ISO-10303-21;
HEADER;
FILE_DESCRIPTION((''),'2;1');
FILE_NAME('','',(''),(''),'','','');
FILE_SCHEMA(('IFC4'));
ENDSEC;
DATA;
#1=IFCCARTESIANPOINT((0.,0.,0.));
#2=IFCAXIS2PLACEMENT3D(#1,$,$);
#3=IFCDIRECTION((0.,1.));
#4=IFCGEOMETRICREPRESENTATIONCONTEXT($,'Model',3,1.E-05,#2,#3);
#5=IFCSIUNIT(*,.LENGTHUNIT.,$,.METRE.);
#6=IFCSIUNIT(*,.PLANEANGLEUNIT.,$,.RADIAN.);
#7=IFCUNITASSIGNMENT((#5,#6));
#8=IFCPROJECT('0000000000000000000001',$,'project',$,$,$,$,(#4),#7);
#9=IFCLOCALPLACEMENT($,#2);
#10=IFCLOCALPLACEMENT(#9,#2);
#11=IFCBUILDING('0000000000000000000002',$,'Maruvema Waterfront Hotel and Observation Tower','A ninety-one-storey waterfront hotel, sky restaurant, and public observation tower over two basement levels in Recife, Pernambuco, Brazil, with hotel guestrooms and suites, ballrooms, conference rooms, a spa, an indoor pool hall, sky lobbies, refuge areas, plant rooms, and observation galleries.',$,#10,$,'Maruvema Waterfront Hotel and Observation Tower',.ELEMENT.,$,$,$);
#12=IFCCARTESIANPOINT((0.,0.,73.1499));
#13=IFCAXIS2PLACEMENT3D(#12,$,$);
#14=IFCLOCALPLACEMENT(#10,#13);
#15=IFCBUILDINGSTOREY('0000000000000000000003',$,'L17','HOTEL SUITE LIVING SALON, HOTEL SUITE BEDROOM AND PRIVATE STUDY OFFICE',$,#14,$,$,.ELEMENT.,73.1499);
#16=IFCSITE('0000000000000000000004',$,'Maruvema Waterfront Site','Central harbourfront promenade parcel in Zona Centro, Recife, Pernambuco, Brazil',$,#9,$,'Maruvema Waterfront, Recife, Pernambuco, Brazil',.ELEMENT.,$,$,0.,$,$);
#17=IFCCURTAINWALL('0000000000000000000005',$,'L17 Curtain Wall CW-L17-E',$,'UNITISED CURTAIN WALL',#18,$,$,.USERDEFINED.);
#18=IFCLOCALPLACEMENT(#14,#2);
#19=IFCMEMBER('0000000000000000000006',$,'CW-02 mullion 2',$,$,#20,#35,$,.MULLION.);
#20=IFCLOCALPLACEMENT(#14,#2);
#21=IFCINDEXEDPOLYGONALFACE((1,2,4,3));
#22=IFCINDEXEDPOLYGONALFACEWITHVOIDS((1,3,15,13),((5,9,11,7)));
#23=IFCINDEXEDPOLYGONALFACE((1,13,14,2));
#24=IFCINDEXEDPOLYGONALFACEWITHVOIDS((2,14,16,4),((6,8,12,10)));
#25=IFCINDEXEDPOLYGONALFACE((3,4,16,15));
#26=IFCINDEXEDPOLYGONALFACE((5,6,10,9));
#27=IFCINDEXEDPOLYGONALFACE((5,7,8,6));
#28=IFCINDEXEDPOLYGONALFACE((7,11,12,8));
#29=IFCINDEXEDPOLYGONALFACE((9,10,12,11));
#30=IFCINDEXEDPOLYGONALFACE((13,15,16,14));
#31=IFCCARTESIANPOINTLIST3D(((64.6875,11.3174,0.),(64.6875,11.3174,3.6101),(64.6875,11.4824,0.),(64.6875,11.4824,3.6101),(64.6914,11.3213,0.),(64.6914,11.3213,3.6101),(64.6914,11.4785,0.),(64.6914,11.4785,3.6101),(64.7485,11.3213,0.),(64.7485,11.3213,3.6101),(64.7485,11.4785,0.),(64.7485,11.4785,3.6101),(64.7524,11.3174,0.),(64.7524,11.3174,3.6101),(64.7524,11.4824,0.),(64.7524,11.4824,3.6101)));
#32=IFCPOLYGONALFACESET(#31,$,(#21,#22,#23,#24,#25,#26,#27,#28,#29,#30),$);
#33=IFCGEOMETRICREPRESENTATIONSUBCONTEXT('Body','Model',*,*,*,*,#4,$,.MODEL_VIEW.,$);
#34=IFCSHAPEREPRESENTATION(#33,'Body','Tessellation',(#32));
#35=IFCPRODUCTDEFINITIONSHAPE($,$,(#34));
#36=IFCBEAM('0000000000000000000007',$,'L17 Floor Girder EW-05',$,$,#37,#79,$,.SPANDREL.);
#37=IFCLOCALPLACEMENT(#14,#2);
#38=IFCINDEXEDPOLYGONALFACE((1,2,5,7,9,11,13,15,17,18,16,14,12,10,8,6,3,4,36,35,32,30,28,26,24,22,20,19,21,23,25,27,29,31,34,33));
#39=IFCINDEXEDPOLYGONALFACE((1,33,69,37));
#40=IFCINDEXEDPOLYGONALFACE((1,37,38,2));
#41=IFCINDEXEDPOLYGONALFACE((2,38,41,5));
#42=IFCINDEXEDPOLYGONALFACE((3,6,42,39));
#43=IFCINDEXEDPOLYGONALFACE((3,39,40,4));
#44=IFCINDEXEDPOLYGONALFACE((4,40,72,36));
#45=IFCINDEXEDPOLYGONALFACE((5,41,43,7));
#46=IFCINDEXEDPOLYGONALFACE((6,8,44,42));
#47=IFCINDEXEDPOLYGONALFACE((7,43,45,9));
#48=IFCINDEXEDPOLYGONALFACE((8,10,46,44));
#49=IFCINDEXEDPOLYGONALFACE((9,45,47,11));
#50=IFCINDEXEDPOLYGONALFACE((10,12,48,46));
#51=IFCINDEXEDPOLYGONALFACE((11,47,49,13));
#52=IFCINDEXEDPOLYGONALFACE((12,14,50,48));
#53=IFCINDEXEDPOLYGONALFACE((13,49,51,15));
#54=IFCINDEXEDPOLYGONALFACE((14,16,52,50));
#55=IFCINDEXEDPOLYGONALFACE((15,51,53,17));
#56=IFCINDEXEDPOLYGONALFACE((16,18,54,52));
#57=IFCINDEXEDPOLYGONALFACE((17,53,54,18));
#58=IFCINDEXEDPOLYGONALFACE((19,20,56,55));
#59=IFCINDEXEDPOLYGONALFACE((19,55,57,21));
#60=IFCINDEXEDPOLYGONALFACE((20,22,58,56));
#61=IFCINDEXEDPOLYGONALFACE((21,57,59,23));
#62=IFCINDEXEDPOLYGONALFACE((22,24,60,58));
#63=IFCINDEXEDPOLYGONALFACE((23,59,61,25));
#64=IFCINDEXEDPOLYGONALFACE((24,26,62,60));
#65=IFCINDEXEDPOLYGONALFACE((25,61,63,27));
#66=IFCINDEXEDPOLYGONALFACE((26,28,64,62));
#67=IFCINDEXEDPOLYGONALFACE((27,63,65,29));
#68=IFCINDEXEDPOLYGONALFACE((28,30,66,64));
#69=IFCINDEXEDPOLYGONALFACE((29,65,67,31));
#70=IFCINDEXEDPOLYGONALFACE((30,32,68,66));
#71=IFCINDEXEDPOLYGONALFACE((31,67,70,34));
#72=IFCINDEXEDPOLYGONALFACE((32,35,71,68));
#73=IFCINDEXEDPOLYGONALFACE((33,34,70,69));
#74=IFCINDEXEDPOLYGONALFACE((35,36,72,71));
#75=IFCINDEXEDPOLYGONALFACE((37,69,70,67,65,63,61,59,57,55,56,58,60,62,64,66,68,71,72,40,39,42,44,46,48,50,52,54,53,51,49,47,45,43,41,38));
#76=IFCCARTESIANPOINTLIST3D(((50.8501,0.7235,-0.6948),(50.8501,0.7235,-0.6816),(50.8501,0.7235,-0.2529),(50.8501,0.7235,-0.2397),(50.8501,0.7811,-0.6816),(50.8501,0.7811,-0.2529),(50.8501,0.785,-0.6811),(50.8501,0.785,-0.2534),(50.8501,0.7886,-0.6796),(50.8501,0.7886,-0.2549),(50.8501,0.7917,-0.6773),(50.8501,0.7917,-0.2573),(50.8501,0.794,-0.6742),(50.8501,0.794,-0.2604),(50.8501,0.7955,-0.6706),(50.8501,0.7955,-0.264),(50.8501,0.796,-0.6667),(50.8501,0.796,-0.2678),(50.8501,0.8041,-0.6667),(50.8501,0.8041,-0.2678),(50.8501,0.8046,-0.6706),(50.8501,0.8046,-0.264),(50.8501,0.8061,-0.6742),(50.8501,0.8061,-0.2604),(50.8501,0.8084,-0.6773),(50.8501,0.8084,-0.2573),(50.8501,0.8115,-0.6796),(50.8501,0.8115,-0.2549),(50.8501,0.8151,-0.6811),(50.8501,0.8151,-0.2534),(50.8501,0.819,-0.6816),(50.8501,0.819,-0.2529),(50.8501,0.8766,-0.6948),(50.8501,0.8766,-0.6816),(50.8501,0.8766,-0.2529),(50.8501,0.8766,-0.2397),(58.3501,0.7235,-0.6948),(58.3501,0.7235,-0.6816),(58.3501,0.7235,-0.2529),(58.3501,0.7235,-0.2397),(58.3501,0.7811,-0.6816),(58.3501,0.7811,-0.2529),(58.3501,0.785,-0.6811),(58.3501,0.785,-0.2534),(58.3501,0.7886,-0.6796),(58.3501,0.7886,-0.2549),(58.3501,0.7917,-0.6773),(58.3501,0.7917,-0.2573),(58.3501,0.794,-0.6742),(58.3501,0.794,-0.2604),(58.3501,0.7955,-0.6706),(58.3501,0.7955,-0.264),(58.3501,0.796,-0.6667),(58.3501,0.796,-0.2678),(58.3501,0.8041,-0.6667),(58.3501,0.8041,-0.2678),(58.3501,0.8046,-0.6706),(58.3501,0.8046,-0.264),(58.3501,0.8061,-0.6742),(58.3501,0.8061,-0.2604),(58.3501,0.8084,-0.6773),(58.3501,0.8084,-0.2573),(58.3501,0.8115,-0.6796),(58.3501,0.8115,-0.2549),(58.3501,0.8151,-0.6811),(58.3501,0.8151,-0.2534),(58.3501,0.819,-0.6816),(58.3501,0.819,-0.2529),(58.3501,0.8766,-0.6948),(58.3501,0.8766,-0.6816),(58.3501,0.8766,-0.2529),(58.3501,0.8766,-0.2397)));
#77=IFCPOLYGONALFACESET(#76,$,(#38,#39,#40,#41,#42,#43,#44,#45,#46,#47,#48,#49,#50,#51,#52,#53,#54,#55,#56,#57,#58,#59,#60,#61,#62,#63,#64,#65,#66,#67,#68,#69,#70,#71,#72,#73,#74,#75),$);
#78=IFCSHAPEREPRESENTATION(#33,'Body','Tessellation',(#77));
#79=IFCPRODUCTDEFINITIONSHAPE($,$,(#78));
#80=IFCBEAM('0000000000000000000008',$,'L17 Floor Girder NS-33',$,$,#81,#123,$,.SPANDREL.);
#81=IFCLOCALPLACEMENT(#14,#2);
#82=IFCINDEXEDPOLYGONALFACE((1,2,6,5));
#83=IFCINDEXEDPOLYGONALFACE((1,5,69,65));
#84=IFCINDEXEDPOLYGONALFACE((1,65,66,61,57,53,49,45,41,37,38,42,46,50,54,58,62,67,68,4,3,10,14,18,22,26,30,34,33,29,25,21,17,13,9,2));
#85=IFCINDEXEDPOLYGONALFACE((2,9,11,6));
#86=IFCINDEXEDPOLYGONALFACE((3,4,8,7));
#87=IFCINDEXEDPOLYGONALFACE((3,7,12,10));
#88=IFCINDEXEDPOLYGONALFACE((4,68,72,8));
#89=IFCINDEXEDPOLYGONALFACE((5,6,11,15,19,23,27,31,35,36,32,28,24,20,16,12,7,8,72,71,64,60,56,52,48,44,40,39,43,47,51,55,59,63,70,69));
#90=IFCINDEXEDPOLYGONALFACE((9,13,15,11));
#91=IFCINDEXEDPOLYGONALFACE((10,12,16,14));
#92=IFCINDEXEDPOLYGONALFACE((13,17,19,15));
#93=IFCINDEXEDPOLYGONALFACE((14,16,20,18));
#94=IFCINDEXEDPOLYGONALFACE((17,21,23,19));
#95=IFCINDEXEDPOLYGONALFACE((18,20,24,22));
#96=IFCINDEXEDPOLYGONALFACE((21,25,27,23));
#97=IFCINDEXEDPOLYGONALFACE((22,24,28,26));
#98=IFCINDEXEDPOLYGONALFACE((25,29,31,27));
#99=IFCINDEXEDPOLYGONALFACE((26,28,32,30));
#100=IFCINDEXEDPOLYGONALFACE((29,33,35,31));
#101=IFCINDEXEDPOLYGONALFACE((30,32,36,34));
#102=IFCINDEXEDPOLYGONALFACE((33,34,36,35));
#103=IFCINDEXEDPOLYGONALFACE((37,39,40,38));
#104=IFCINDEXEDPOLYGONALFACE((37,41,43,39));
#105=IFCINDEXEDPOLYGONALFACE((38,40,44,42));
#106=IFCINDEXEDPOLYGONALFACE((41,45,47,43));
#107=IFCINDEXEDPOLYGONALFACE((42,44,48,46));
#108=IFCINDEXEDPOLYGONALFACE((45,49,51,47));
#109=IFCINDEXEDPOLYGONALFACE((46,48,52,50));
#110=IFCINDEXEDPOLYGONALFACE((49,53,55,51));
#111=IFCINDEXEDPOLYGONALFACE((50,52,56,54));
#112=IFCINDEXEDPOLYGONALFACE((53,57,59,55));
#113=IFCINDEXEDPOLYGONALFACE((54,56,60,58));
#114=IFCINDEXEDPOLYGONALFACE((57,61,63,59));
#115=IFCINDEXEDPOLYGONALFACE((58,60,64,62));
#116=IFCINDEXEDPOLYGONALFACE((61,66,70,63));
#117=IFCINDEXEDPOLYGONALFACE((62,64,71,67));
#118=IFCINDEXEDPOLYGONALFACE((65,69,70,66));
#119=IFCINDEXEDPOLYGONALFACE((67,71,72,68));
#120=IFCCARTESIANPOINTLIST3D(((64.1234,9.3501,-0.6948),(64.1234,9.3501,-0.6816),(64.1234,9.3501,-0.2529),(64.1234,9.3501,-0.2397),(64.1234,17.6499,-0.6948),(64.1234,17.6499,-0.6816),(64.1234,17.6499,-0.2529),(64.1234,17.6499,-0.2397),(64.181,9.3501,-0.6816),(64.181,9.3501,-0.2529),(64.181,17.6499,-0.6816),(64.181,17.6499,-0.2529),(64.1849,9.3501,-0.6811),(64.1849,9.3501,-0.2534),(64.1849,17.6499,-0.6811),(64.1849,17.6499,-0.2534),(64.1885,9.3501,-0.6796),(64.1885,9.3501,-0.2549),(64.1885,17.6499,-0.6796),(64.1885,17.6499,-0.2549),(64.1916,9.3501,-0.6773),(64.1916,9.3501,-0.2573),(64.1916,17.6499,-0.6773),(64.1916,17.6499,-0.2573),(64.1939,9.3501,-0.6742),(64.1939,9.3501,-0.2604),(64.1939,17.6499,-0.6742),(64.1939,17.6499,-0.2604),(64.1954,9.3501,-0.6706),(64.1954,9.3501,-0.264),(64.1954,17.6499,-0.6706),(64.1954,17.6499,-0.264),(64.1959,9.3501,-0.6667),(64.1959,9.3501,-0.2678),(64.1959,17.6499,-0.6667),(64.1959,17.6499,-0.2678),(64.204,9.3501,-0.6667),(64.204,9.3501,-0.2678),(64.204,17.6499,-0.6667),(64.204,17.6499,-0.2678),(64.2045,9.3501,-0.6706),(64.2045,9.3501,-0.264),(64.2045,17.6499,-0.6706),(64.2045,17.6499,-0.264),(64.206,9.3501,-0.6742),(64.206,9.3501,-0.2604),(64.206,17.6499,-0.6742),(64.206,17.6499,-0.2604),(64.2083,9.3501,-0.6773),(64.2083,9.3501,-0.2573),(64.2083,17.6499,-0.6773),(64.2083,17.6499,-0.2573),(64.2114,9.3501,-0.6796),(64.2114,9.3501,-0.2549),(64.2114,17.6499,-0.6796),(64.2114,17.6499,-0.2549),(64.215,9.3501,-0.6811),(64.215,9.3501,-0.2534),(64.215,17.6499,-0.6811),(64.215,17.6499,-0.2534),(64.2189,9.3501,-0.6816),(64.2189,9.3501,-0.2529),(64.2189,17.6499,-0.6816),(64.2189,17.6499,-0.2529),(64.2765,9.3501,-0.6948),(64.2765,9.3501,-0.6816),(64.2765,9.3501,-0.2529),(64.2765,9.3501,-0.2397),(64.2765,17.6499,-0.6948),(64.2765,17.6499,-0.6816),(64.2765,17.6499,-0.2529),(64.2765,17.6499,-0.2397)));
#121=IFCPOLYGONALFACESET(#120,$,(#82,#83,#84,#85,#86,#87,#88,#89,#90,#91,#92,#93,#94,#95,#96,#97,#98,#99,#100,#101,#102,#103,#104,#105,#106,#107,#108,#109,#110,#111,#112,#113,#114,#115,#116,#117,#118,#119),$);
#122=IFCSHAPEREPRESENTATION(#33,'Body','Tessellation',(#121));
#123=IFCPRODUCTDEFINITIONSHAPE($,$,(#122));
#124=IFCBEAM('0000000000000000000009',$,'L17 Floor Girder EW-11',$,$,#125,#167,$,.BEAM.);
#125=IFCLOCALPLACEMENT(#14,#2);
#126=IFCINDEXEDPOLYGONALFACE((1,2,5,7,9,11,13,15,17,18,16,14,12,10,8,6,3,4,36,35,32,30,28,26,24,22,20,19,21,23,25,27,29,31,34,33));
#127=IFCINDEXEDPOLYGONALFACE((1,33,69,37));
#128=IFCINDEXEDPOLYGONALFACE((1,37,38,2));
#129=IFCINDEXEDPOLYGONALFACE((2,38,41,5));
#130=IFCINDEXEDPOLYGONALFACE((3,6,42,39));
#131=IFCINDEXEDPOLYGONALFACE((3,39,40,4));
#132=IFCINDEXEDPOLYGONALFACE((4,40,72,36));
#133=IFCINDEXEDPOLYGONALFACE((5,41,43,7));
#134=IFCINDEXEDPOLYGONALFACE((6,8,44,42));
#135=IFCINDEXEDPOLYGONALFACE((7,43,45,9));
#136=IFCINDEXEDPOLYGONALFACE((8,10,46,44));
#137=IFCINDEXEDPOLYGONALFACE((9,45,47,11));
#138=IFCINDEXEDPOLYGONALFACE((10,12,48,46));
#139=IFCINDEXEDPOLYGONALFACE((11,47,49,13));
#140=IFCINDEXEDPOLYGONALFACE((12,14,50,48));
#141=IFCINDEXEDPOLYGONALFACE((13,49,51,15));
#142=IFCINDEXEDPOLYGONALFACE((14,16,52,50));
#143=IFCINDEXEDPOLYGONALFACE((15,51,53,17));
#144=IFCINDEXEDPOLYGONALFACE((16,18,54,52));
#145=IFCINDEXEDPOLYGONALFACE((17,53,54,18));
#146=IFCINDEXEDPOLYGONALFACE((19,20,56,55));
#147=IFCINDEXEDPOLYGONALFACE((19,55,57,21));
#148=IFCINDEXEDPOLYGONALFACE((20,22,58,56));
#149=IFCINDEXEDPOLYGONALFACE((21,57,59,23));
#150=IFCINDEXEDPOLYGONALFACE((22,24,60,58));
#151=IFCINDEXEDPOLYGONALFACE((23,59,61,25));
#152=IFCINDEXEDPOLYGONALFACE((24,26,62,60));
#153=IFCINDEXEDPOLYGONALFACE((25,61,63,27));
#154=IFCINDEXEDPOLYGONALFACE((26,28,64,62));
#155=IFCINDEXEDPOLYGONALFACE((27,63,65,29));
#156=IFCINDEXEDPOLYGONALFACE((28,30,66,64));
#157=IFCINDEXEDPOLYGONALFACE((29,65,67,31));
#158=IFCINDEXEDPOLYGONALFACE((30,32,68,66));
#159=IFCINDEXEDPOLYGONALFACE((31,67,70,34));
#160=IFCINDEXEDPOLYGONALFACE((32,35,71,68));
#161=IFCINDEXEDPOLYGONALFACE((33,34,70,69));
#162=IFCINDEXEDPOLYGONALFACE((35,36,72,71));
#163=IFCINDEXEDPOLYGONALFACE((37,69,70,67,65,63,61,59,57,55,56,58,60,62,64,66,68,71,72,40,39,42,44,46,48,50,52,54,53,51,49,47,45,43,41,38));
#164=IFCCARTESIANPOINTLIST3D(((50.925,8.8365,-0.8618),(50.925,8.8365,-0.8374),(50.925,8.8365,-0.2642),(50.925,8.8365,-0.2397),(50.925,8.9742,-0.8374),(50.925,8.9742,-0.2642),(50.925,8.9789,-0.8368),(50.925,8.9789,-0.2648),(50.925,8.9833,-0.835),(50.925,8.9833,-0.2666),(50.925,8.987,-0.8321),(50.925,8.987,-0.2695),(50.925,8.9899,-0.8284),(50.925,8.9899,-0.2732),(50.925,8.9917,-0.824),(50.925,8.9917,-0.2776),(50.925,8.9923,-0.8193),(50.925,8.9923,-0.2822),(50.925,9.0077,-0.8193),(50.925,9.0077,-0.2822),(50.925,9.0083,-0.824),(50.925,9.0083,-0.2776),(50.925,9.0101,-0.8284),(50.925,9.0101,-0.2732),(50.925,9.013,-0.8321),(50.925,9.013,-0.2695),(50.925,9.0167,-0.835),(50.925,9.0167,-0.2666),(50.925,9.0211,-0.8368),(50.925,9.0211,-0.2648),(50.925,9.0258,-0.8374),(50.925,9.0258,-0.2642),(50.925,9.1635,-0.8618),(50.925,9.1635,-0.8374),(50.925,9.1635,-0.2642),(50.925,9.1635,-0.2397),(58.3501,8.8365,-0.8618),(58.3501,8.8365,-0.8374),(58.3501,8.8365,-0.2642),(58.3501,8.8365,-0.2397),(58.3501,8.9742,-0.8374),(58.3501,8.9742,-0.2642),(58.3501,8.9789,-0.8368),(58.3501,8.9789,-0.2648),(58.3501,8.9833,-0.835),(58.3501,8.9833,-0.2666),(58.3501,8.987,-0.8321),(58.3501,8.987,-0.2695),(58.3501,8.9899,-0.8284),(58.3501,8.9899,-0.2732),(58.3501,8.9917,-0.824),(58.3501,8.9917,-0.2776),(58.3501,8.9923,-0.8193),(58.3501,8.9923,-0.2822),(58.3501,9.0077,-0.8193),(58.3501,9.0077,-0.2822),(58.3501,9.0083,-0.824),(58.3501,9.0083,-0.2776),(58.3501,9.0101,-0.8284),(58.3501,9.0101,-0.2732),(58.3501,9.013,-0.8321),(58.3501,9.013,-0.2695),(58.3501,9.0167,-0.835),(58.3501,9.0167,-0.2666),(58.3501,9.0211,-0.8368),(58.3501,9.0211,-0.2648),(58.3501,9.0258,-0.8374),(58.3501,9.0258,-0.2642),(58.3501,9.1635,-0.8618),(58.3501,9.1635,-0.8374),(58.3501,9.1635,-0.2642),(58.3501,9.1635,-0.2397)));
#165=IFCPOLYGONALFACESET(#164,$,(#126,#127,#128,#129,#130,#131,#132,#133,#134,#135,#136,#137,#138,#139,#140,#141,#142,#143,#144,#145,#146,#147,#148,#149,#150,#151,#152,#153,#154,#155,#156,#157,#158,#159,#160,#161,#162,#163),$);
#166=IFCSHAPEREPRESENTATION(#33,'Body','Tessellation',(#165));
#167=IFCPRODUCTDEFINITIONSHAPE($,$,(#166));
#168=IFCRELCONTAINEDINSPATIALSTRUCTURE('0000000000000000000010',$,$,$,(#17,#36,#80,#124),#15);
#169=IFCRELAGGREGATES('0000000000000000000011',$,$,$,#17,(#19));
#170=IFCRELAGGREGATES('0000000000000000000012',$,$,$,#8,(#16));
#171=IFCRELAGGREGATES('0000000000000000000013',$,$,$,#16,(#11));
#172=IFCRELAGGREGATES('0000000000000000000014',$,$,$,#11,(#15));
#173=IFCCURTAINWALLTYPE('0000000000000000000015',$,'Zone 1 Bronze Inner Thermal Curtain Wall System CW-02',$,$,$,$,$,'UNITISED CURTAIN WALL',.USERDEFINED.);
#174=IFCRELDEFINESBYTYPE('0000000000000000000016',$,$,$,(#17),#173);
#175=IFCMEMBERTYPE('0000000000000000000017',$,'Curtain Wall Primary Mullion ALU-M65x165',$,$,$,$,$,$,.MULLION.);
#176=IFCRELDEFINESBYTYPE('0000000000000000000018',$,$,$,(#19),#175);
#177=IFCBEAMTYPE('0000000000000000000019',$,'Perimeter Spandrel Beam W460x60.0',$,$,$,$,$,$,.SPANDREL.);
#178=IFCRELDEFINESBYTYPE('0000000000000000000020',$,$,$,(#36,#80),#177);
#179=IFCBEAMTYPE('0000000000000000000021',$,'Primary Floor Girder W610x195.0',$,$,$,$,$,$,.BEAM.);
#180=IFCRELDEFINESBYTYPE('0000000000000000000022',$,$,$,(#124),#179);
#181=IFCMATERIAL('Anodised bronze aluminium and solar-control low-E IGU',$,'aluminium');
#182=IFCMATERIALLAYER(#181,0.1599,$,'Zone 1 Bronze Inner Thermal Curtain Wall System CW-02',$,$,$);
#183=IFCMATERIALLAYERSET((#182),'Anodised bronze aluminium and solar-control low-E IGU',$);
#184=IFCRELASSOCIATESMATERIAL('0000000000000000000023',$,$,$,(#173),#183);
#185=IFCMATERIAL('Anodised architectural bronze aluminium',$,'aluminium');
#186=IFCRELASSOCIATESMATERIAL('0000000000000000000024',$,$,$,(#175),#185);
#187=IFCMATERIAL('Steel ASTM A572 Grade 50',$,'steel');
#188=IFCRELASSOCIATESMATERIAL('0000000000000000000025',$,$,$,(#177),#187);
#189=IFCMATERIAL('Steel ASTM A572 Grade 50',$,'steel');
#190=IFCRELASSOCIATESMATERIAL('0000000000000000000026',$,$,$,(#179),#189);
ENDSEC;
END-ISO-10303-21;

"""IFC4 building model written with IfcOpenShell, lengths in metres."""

from ifc_helpers import new_model, si_unit, direction, frame, origin, origin_2d, place, context, subcontext, project, spatial, hollow_rectangle, i_section, extrude, material, layer, layer_set, material_profile, profile_set, type_object, element, aggregate, save


model = new_model("IFC4")

# Units and contexts
model_context = context("Model", 3, precision=1e-05, world=origin(), true_north=direction((0.0, 1.0)))
body_context = subcontext(model_context, "Body", "Model", "MODEL_VIEW")
ifc_project = project(units=[si_unit("LENGTHUNIT", "METRE"), si_unit("PLANEANGLEUNIT", "RADIAN")], contexts=[model_context])

# Site, building, storey
site_placement = place(None, origin())
site = spatial("IfcSite", under=ifc_project, at=site_placement, Name="Maruvema Waterfront Site", Description="Central harbourfront promenade parcel in Zona Centro, Recife, Pernambuco, Brazil", LongName="Maruvema Waterfront, Recife, Pernambuco, Brazil", CompositionType="ELEMENT", RefElevation=0.0)
building_placement = place(site_placement, origin())
building = spatial("IfcBuilding", under=site, at=building_placement, Name="Maruvema Waterfront Hotel and Observation Tower", Description="A ninety-one-storey waterfront hotel, sky restaurant, and public observation tower over two basement levels in Recife, Pernambuco, Brazil, with hotel guestrooms and suites, ballrooms, conference rooms, a spa, an indoor pool hall, sky lobbies, refuge areas, plant rooms, and observation galleries.", LongName="Maruvema Waterfront Hotel and Observation Tower", CompositionType="ELEMENT")
storey_placement = place(building_placement, frame((0.0, 0.0, 73.1499)))
storey = spatial("IfcBuildingStorey", under=building, at=storey_placement, Name="L17", Description="HOTEL SUITE LIVING SALON, HOTEL SUITE BEDROOM AND PRIVATE STUDY OFFICE", CompositionType="ELEMENT", Elevation=73.1499)

# Curtain wall
ifc_material_1 = material(Name="Anodised bronze aluminium and solar-control low-E IGU", Category="aluminium")
ifc_layer_1 = layer(ifc_material_1, 0.1599, Name="Zone 1 Bronze Inner Thermal Curtain Wall System CW-02")
ifc_layer_set_1 = layer_set([ifc_layer_1], Name="Anodised bronze aluminium and solar-control low-E IGU")
curtain_wall_type = type_object("IfcCurtainWallType", Name="Zone 1 Bronze Inner Thermal Curtain Wall System CW-02", ElementType="UNITISED CURTAIN WALL", PredefinedType="USERDEFINED", material=ifc_layer_set_1)
curtain_wall_1_placement = place(storey_placement, origin())
curtain_wall_1 = element("IfcCurtainWall", 1, at=curtain_wall_1_placement, inside=storey, type_object=curtain_wall_type, Name="L17 Curtain Wall CW-L17-E", ObjectType="UNITISED CURTAIN WALL", PredefinedType="USERDEFINED")

# Member
ifc_material_2 = material(Name="Anodised architectural bronze aluminium", Category="aluminium")
ifc_material_profile_1 = material_profile(ifc_material_2, hollow_rectangle(XDim=0.0649, YDim=0.165, WallThickness=0.0039, at=origin_2d()), Name="ALU-M65x165")
ifc_profile_set_1 = profile_set([ifc_material_profile_1], Name="Anodised architectural bronze aluminium")
member_type_1 = type_object("IfcMemberType", Name="Curtain Wall Primary Mullion ALU-M65x165", PredefinedType="MULLION", material=ifc_profile_set_1)
member_1_placement = place(storey_placement, frame((64.72, 11.3999, 0.0), z_axis=(0.0, 0.0, 1.0), x_axis=(-1.0, 0.0, 0.0)))
member_1 = element("IfcMember", 2, at=member_1_placement, type_object=member_type_1, Name="CW-02 mullion 2", PredefinedType="MULLION", context=body_context, shape_type="SweptSolid", body=[
    extrude(hollow_rectangle(XDim=0.0649, YDim=0.165, WallThickness=0.0039, at=origin_2d()), origin(), (0.0, 0.0, 1.0), 3.6101),
])

# Beams
ifc_material_3 = material(Name="Steel ASTM A572 Grade 50", Category="steel")
ifc_material_profile_2 = material_profile(ifc_material_3, i_section(OverallWidth=0.1531, OverallDepth=0.4551, WebThickness=0.0081, FlangeThickness=0.0132, FilletRadius=0.0149, at=origin_2d()), Name="W460x60.0")
ifc_profile_set_2 = profile_set([ifc_material_profile_2], Name="Steel ASTM A572 Grade 50")
beam_type_1 = type_object("IfcBeamType", Name="Perimeter Spandrel Beam W460x60.0", PredefinedType="SPANDREL", material=ifc_profile_set_2)
beam_1_placement = place(storey_placement, frame((50.8501, 0.8, -0.4673), z_axis=(1.0, 0.0, 0.0), x_axis=(0.0, 1.0, 0.0)))
element("IfcBeam", 3, at=beam_1_placement, inside=storey, type_object=beam_type_1, Name="L17 Floor Girder EW-05", PredefinedType="SPANDREL", context=body_context, shape_type="SweptSolid", body=[
    extrude(i_section(OverallWidth=0.1531, OverallDepth=0.4551, WebThickness=0.0081, FlangeThickness=0.0132, FilletRadius=0.0149, at=origin_2d()), origin(), (0.0, 0.0, 1.0), 7.5),
])
beam_2_placement = place(storey_placement, frame((64.2, 9.3501, -0.4673), z_axis=(0.0, 1.0, 0.0), x_axis=(-1.0, 0.0, 0.0)))
element("IfcBeam", 4, at=beam_2_placement, inside=storey, type_object=beam_type_1, Name="L17 Floor Girder NS-33", PredefinedType="SPANDREL", context=body_context, shape_type="SweptSolid", body=[
    extrude(i_section(OverallWidth=0.1531, OverallDepth=0.4551, WebThickness=0.0081, FlangeThickness=0.0132, FilletRadius=0.0149, at=origin_2d()), origin(), (0.0, 0.0, 1.0), 8.2998),
])
ifc_material_4 = material(Name="Steel ASTM A572 Grade 50", Category="steel")
ifc_material_profile_3 = material_profile(ifc_material_4, i_section(OverallWidth=0.3269, OverallDepth=0.6221, WebThickness=0.0154, FlangeThickness=0.0244, FilletRadius=0.0181, at=origin_2d()), Name="W610x195.0")
ifc_profile_set_3 = profile_set([ifc_material_profile_3], Name="Steel ASTM A572 Grade 50")
beam_type_2 = type_object("IfcBeamType", Name="Primary Floor Girder W610x195.0", PredefinedType="BEAM", material=ifc_profile_set_3)
beam_3_placement = place(storey_placement, frame((50.925, 9.0, -0.5508), z_axis=(1.0, 0.0, 0.0), x_axis=(0.0, 1.0, 0.0)))
element("IfcBeam", 5, at=beam_3_placement, inside=storey, type_object=beam_type_2, Name="L17 Floor Girder EW-11", PredefinedType="BEAM", context=body_context, shape_type="SweptSolid", body=[
    extrude(i_section(OverallWidth=0.3269, OverallDepth=0.6221, WebThickness=0.0154, FlangeThickness=0.0244, FilletRadius=0.0181, at=origin_2d()), origin(), (0.0, 0.0, 1.0), 7.425),
])

aggregate(curtain_wall_1, [member_1])

save(model, "model.ifc")
